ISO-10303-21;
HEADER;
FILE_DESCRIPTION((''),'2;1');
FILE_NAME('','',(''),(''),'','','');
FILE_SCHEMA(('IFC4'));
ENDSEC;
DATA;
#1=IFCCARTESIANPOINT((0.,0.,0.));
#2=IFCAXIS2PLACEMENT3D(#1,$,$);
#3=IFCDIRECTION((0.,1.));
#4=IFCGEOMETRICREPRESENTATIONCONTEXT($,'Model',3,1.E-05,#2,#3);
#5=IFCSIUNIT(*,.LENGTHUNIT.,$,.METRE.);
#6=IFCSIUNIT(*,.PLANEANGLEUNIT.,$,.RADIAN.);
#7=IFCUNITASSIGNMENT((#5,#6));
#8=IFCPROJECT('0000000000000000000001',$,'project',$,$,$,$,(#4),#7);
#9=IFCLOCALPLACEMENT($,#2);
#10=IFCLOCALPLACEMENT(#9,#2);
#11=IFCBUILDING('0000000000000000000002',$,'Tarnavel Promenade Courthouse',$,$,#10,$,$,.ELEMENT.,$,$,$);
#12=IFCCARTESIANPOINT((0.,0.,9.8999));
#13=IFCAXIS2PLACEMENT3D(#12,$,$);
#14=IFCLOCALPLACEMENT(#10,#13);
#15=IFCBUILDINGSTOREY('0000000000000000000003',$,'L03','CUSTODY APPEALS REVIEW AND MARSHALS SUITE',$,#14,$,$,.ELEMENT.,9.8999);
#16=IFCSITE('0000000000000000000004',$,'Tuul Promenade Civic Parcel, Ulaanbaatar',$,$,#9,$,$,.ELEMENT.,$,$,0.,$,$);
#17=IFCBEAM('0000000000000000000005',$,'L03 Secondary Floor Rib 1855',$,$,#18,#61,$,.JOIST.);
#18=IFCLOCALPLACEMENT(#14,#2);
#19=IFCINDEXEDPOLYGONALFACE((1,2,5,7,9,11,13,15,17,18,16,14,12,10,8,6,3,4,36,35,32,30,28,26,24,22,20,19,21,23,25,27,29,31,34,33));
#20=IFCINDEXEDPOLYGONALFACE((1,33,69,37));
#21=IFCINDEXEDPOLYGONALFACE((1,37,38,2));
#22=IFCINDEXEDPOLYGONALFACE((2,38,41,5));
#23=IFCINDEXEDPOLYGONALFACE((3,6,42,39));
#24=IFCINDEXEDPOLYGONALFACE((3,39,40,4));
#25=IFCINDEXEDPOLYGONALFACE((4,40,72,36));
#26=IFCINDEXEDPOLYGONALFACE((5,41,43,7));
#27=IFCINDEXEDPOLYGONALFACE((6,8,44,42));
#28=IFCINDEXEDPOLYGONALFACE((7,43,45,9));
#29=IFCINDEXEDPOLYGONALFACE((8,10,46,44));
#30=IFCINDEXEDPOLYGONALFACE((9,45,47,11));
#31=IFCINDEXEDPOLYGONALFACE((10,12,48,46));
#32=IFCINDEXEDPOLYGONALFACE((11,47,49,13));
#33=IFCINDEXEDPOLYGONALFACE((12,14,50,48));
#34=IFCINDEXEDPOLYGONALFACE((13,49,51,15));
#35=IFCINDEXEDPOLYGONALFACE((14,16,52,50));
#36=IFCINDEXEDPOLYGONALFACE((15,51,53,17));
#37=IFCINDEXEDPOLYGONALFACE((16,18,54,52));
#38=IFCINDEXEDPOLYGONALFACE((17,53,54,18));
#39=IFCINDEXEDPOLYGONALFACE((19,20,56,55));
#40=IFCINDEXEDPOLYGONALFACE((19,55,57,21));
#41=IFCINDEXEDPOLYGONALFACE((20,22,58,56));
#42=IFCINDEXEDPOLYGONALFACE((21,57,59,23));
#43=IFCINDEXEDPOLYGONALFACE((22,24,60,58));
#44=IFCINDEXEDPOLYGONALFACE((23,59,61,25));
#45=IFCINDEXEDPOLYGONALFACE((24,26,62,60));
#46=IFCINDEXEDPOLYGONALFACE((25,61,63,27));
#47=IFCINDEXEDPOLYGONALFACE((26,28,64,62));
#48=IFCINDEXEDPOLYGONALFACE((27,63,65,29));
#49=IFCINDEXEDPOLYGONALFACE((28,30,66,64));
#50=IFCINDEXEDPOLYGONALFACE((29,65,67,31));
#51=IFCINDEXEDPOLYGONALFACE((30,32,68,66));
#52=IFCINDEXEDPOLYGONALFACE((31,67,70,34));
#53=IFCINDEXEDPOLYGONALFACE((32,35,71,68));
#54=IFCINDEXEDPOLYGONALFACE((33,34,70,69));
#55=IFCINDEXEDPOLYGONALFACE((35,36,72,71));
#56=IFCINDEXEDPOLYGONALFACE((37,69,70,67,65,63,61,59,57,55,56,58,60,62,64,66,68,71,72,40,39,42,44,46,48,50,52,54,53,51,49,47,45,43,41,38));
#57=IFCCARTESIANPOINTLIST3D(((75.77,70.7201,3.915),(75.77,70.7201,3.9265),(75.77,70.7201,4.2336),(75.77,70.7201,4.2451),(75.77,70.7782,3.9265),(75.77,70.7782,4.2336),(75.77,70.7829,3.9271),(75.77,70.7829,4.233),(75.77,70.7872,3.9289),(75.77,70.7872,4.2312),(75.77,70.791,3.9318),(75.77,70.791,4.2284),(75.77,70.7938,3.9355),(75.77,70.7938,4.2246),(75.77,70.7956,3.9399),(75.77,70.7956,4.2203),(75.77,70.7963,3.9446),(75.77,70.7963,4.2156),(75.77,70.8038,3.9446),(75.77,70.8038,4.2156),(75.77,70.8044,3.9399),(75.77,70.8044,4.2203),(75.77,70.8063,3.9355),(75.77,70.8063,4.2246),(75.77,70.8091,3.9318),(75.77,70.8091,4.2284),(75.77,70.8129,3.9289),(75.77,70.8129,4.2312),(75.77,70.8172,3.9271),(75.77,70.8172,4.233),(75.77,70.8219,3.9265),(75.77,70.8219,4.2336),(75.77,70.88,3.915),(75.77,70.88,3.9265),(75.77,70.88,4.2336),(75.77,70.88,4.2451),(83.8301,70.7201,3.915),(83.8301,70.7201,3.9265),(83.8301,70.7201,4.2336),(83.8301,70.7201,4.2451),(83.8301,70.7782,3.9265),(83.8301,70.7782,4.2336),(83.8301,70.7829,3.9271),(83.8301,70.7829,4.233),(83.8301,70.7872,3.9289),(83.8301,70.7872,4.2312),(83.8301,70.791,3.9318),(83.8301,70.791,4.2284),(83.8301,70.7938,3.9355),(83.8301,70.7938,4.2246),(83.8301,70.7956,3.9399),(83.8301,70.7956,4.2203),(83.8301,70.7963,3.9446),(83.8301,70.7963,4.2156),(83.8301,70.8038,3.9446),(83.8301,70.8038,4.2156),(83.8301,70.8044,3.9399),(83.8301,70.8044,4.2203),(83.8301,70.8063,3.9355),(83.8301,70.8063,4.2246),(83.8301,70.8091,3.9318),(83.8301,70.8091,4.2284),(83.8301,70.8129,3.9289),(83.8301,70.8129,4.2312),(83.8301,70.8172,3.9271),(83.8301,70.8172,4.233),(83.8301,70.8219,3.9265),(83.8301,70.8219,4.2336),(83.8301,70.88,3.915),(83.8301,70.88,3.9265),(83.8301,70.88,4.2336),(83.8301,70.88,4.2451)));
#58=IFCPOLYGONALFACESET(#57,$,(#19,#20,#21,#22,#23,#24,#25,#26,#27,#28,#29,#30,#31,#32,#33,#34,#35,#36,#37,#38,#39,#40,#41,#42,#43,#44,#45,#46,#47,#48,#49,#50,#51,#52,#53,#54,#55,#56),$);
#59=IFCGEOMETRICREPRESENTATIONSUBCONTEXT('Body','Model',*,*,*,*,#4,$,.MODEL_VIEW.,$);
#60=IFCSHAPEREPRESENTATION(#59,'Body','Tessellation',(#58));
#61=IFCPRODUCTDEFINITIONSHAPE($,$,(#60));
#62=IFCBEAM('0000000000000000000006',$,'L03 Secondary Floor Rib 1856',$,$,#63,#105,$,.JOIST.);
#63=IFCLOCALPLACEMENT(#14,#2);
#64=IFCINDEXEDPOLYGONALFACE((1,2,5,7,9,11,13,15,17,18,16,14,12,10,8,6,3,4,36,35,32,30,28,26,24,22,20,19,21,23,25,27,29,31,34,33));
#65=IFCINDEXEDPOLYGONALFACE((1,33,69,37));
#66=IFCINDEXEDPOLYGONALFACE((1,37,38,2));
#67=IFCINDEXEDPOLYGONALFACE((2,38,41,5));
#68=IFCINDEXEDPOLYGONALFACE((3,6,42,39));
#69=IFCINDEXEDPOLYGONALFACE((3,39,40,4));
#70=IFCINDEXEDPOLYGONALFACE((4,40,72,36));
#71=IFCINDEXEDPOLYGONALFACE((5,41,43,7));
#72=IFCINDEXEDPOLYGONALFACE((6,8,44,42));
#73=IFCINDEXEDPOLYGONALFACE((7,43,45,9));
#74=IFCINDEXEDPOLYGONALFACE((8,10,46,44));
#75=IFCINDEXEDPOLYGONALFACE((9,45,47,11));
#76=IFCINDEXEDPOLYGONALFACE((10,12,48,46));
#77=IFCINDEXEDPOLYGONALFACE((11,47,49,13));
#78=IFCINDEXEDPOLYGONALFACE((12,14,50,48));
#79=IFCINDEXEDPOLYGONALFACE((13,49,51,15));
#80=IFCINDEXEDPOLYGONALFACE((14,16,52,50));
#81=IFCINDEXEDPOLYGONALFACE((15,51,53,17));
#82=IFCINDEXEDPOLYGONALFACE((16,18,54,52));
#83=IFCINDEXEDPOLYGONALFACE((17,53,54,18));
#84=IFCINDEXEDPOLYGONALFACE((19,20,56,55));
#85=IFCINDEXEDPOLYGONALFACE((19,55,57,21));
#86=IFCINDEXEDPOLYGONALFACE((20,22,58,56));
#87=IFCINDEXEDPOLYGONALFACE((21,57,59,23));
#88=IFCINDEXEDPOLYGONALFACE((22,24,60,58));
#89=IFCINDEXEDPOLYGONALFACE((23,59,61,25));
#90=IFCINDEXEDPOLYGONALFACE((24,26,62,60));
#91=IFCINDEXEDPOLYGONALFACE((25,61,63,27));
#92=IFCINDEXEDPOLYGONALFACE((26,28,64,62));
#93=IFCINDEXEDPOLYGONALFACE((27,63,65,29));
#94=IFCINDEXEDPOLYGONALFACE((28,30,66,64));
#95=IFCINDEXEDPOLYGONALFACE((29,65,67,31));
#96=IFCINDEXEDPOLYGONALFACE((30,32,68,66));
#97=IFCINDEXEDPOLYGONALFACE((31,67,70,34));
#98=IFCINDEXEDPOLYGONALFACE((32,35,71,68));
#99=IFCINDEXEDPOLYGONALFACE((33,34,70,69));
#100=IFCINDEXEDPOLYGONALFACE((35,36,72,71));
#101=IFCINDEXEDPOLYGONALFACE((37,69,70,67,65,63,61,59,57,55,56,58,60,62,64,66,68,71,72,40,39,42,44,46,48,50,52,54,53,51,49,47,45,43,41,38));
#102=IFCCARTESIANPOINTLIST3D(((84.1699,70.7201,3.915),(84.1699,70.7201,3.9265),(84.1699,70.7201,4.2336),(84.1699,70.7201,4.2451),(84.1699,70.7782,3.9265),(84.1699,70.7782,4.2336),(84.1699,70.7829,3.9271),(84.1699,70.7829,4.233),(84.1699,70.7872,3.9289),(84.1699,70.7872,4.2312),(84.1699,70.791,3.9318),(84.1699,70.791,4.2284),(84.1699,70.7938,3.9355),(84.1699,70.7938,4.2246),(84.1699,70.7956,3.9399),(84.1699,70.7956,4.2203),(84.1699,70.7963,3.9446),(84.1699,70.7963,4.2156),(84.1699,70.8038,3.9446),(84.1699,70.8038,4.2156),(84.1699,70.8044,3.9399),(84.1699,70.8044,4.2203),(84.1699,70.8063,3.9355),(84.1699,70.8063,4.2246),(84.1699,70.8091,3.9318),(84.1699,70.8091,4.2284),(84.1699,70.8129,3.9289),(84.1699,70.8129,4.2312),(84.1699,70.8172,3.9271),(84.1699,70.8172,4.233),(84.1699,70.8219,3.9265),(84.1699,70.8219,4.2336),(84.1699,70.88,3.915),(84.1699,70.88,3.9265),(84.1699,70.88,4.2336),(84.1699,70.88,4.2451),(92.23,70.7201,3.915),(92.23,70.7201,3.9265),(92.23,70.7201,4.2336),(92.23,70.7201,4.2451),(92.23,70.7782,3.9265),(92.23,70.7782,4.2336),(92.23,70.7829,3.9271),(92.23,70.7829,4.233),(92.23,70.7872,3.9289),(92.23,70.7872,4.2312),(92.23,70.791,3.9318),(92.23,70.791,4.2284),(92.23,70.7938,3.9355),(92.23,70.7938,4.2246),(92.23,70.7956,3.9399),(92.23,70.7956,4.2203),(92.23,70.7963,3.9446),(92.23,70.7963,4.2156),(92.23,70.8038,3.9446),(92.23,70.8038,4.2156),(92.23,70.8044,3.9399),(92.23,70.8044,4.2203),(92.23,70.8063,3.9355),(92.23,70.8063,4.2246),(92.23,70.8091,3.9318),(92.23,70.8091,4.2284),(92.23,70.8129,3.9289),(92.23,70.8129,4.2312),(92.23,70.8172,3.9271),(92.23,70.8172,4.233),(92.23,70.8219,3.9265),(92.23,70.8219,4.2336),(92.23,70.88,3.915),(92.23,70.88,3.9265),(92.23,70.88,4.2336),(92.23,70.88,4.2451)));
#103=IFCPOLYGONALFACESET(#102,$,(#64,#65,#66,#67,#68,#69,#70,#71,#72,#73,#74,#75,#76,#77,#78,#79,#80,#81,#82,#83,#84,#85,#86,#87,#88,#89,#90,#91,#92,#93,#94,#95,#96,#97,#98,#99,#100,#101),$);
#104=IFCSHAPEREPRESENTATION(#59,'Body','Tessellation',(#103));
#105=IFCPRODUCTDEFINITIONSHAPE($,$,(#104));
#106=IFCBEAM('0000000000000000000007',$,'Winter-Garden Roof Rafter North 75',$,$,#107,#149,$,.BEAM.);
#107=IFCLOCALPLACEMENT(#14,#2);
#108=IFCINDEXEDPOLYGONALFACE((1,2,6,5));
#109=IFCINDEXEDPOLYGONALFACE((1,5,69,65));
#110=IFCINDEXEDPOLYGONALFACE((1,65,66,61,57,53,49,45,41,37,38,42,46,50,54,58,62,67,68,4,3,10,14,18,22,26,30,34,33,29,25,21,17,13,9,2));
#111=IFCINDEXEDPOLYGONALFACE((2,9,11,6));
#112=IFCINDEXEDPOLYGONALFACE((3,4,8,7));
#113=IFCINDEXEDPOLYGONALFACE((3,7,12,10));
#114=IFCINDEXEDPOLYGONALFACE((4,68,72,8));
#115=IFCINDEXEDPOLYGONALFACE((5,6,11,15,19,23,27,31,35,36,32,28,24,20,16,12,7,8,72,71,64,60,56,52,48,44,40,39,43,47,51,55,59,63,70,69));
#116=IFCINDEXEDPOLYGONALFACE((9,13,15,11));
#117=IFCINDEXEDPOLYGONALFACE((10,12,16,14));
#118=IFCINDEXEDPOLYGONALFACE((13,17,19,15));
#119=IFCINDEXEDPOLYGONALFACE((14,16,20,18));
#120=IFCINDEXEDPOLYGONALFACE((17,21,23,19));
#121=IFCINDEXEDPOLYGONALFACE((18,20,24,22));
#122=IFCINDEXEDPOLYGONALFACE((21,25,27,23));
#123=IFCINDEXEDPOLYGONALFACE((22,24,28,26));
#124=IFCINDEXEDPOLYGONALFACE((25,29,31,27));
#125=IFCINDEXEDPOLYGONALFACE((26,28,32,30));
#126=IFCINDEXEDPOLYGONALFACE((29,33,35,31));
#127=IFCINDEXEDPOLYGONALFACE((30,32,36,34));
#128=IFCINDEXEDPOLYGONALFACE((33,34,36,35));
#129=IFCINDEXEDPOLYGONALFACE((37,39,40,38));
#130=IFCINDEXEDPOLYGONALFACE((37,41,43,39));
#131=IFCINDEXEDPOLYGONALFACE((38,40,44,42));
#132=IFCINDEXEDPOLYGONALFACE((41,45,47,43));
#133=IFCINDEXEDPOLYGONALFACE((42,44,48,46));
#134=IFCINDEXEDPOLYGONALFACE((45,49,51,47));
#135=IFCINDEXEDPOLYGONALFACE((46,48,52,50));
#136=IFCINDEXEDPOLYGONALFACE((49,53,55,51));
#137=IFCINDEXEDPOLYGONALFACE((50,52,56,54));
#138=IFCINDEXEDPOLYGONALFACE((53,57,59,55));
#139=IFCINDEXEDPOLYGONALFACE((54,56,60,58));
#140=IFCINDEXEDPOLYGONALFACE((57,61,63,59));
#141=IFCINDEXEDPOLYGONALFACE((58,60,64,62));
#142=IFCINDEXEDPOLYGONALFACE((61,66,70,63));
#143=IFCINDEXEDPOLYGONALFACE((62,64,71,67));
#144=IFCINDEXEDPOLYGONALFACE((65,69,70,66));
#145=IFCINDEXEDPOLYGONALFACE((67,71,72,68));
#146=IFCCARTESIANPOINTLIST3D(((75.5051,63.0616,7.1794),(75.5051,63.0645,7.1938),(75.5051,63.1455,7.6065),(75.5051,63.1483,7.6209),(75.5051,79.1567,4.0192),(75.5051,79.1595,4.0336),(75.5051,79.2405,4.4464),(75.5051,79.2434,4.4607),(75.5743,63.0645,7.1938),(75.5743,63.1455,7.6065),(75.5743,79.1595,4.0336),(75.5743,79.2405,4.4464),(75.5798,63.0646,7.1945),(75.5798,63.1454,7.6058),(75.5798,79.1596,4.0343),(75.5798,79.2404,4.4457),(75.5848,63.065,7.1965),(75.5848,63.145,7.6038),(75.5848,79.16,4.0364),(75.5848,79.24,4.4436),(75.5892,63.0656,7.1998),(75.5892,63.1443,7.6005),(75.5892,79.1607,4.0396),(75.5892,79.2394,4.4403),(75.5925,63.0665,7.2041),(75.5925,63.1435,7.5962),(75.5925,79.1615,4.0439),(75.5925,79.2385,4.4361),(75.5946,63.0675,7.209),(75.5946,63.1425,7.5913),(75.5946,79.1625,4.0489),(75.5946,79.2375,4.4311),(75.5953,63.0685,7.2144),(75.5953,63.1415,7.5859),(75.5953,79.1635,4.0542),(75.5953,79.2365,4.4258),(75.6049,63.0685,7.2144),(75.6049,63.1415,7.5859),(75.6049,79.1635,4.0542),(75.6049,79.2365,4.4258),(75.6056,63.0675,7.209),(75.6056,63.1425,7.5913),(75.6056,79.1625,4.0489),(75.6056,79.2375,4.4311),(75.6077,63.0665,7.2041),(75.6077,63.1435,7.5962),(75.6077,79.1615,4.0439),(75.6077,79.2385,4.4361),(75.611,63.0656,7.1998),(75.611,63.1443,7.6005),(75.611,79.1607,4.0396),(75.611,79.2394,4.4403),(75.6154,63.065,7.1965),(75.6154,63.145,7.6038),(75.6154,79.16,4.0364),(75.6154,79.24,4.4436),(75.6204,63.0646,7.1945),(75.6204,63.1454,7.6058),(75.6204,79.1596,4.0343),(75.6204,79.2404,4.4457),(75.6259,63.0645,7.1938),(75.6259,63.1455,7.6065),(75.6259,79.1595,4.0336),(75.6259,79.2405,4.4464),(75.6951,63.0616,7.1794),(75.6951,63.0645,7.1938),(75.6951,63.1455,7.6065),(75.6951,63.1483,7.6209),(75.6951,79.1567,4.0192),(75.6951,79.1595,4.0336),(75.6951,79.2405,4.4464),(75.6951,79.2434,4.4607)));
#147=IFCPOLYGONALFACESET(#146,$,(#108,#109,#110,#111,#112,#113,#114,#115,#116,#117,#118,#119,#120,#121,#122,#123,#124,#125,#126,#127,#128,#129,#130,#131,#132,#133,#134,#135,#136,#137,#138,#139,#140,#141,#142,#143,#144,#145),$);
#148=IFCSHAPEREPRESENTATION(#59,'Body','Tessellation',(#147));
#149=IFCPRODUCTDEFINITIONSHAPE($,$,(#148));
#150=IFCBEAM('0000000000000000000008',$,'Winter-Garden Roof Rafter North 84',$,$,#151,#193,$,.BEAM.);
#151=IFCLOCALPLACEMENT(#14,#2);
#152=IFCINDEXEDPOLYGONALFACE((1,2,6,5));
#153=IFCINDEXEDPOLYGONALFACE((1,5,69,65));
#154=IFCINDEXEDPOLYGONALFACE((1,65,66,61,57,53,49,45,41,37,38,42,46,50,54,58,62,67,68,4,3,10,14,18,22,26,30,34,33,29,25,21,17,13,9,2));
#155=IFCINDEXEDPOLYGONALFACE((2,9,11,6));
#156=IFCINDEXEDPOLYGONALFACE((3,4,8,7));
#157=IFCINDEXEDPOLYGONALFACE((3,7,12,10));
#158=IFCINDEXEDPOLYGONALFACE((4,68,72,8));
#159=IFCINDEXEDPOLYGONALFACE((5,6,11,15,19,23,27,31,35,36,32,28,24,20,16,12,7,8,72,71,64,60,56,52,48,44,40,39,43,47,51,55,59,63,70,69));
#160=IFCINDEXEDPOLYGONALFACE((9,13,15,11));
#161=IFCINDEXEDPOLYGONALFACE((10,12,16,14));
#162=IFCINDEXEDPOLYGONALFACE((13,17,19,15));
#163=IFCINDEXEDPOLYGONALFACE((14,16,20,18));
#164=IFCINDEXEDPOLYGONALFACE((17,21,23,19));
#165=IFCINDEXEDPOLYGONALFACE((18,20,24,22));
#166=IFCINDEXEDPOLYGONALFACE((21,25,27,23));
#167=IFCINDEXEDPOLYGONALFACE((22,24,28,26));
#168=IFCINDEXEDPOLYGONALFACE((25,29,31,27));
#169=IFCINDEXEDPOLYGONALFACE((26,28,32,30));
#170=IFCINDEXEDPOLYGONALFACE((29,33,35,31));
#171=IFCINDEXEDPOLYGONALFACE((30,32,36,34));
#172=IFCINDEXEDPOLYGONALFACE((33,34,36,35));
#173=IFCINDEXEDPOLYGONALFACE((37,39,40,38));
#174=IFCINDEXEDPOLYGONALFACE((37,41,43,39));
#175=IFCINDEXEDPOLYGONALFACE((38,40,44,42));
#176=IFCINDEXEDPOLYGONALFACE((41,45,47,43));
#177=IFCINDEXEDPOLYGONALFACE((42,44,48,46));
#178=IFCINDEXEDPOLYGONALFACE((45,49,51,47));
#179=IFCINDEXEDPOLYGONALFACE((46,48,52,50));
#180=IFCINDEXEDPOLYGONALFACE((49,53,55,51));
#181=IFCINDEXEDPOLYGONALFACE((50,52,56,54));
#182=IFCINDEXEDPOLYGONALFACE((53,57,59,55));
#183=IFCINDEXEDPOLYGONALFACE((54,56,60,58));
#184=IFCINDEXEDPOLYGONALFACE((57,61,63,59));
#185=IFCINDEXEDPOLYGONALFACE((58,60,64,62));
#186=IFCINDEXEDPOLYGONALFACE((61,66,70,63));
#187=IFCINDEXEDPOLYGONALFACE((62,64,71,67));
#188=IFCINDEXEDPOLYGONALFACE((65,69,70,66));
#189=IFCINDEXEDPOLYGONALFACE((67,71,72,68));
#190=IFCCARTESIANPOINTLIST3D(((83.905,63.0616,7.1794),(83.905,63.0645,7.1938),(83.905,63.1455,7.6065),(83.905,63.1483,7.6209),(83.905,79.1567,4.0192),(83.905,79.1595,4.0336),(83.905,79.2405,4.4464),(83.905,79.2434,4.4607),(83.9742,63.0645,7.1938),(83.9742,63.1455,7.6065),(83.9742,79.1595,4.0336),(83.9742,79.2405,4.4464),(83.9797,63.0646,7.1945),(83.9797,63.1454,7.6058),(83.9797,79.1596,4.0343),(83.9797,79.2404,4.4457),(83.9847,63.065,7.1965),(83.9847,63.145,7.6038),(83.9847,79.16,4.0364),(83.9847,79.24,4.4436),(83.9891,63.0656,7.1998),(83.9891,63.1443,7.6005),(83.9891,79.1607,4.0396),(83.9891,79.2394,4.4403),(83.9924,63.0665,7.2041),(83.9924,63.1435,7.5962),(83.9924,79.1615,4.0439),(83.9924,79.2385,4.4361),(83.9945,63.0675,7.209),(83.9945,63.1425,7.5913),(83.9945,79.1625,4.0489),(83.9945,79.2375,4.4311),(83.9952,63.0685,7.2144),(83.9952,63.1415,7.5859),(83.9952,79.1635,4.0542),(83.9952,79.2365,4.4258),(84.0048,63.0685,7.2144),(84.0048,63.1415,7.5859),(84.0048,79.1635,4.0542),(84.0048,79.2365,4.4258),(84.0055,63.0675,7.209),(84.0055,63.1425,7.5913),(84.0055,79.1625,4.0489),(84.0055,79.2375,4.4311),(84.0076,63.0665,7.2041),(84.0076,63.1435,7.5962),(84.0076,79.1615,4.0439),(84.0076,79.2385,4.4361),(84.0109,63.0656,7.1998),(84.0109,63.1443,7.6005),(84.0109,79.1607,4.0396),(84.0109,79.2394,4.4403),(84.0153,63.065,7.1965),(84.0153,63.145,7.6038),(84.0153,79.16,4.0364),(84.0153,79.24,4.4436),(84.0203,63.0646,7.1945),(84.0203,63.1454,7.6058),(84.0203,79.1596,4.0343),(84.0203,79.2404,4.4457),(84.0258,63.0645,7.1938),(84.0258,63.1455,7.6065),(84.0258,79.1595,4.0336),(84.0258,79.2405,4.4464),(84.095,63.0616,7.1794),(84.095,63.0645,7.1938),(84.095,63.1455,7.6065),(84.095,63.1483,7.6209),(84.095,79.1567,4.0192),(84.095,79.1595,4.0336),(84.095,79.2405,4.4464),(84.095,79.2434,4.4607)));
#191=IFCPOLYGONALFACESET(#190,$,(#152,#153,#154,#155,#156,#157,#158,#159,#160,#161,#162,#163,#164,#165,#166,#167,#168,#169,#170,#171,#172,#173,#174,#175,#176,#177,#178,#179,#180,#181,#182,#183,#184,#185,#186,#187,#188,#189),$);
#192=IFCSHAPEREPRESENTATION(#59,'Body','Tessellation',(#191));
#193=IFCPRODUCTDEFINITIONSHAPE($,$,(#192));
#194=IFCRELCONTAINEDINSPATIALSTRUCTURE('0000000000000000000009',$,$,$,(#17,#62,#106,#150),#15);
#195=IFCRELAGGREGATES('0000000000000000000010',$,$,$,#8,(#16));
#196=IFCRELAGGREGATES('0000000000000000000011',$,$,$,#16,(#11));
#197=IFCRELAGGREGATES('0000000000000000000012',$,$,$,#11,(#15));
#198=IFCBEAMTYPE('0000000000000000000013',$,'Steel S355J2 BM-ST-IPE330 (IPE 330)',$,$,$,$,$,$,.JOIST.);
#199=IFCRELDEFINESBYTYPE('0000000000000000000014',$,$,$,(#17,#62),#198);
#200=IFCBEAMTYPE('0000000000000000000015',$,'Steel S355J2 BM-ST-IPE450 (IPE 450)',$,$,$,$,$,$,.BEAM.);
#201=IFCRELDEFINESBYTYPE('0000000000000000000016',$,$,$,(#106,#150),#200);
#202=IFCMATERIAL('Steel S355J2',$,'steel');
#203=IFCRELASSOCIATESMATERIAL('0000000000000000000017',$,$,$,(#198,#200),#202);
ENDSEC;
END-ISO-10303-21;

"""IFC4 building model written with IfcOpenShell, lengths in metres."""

from ifc_helpers import new_model, si_unit, direction, frame, origin, origin_2d, place, context, subcontext, project, spatial, i_section, extrude, material, material_profile, profile_set, type_object, element, save


model = new_model("IFC4")

# Units and contexts
model_context = context("Model", 3, precision=1e-05, world=origin(), true_north=direction((0.0, 1.0)))
body_context = subcontext(model_context, "Body", "Model", "MODEL_VIEW")
ifc_project = project(units=[si_unit("LENGTHUNIT", "METRE"), si_unit("PLANEANGLEUNIT", "RADIAN")], contexts=[model_context])

# Site, building, storey
site_placement = place(None, origin())
site = spatial("IfcSite", under=ifc_project, at=site_placement, Name="Tuul Promenade Civic Parcel, Ulaanbaatar", CompositionType="ELEMENT", RefElevation=0.0)
building_placement = place(site_placement, origin())
building = spatial("IfcBuilding", under=site, at=building_placement, Name="Tarnavel Promenade Courthouse", CompositionType="ELEMENT")
storey_placement = place(building_placement, frame((0.0, 0.0, 9.8999)))
storey = spatial("IfcBuildingStorey", under=building, at=storey_placement, Name="L03", Description="CUSTODY APPEALS REVIEW AND MARSHALS SUITE", CompositionType="ELEMENT", Elevation=9.8999)

# Beams
ifc_material_1 = material(Name="Steel S355J2", Category="steel")
ifc_material_profile_1 = material_profile(ifc_material_1, i_section(OverallWidth=0.1599, OverallDepth=0.3301, WebThickness=0.0076, FlangeThickness=0.0115, FilletRadius=0.0181, at=origin_2d()), Name="IPE 330")
ifc_profile_set_1 = profile_set([ifc_material_profile_1], Name="Steel S355J2")
beam_type_1 = type_object("IfcBeamType", Name="Steel S355J2 BM-ST-IPE330 (IPE 330)", PredefinedType="JOIST", material=ifc_profile_set_1)
for number, where, z_axis, x_axis, name in (
    (1, (75.77, 70.8, 4.0801), (1.0, 0.0, 0.0), (0.0, 1.0, 0.0), "L03 Secondary Floor Rib 1855"),
    (2, (84.1699, 70.8, 4.0801), (1.0, 0.0, 0.0), (0.0, 1.0, 0.0), "L03 Secondary Floor Rib 1856"),
):
    element("IfcBeam", number, at=place(storey_placement, frame(where, z_axis=z_axis, x_axis=x_axis)), inside=storey, type_object=beam_type_1, Name=name, PredefinedType="JOIST", context=body_context, shape_type="SweptSolid", body=[
        extrude(i_section(OverallWidth=0.1599, OverallDepth=0.3301, WebThickness=0.0076, FlangeThickness=0.0115, FilletRadius=0.0181, at=origin_2d()), origin(), (0.0, 0.0, 1.0), 8.0601),
    ])
ifc_material_profile_2 = material_profile(ifc_material_1, i_section(OverallWidth=0.1899, OverallDepth=0.45, WebThickness=0.0095, FlangeThickness=0.0146, FilletRadius=0.021, at=origin_2d()), Name="IPE 450")
ifc_profile_set_2 = profile_set([ifc_material_profile_2], Name="Steel S355J2")
beam_type_2 = type_object("IfcBeamType", Name="Steel S355J2 BM-ST-IPE450 (IPE 450)", PredefinedType="BEAM", material=ifc_profile_set_2)
for number, where, z_axis, x_axis, name in (
    (3, (75.6001, 63.105, 7.4001), (0.0, 0.981264, -0.192666), (-1.0, 0.0, 0.0), "Winter-Garden Roof Rafter North 75"),
    (4, (84.0, 63.105, 7.4001), (0.0, 0.981264, -0.192666), (-1.0, 0.0, 0.0), "Winter-Garden Roof Rafter North 84"),
):
    element("IfcBeam", number, at=place(storey_placement, frame(where, z_axis=z_axis, x_axis=x_axis)), inside=storey, type_object=beam_type_2, Name=name, PredefinedType="BEAM", context=body_context, shape_type="SweptSolid", body=[
        extrude(i_section(OverallWidth=0.1899, OverallDepth=0.45, WebThickness=0.0095, FlangeThickness=0.0146, FilletRadius=0.021, at=origin_2d()), origin(), (0.0, 0.0, 1.0), 16.4023),
    ])

save(model, "model.ifc")
